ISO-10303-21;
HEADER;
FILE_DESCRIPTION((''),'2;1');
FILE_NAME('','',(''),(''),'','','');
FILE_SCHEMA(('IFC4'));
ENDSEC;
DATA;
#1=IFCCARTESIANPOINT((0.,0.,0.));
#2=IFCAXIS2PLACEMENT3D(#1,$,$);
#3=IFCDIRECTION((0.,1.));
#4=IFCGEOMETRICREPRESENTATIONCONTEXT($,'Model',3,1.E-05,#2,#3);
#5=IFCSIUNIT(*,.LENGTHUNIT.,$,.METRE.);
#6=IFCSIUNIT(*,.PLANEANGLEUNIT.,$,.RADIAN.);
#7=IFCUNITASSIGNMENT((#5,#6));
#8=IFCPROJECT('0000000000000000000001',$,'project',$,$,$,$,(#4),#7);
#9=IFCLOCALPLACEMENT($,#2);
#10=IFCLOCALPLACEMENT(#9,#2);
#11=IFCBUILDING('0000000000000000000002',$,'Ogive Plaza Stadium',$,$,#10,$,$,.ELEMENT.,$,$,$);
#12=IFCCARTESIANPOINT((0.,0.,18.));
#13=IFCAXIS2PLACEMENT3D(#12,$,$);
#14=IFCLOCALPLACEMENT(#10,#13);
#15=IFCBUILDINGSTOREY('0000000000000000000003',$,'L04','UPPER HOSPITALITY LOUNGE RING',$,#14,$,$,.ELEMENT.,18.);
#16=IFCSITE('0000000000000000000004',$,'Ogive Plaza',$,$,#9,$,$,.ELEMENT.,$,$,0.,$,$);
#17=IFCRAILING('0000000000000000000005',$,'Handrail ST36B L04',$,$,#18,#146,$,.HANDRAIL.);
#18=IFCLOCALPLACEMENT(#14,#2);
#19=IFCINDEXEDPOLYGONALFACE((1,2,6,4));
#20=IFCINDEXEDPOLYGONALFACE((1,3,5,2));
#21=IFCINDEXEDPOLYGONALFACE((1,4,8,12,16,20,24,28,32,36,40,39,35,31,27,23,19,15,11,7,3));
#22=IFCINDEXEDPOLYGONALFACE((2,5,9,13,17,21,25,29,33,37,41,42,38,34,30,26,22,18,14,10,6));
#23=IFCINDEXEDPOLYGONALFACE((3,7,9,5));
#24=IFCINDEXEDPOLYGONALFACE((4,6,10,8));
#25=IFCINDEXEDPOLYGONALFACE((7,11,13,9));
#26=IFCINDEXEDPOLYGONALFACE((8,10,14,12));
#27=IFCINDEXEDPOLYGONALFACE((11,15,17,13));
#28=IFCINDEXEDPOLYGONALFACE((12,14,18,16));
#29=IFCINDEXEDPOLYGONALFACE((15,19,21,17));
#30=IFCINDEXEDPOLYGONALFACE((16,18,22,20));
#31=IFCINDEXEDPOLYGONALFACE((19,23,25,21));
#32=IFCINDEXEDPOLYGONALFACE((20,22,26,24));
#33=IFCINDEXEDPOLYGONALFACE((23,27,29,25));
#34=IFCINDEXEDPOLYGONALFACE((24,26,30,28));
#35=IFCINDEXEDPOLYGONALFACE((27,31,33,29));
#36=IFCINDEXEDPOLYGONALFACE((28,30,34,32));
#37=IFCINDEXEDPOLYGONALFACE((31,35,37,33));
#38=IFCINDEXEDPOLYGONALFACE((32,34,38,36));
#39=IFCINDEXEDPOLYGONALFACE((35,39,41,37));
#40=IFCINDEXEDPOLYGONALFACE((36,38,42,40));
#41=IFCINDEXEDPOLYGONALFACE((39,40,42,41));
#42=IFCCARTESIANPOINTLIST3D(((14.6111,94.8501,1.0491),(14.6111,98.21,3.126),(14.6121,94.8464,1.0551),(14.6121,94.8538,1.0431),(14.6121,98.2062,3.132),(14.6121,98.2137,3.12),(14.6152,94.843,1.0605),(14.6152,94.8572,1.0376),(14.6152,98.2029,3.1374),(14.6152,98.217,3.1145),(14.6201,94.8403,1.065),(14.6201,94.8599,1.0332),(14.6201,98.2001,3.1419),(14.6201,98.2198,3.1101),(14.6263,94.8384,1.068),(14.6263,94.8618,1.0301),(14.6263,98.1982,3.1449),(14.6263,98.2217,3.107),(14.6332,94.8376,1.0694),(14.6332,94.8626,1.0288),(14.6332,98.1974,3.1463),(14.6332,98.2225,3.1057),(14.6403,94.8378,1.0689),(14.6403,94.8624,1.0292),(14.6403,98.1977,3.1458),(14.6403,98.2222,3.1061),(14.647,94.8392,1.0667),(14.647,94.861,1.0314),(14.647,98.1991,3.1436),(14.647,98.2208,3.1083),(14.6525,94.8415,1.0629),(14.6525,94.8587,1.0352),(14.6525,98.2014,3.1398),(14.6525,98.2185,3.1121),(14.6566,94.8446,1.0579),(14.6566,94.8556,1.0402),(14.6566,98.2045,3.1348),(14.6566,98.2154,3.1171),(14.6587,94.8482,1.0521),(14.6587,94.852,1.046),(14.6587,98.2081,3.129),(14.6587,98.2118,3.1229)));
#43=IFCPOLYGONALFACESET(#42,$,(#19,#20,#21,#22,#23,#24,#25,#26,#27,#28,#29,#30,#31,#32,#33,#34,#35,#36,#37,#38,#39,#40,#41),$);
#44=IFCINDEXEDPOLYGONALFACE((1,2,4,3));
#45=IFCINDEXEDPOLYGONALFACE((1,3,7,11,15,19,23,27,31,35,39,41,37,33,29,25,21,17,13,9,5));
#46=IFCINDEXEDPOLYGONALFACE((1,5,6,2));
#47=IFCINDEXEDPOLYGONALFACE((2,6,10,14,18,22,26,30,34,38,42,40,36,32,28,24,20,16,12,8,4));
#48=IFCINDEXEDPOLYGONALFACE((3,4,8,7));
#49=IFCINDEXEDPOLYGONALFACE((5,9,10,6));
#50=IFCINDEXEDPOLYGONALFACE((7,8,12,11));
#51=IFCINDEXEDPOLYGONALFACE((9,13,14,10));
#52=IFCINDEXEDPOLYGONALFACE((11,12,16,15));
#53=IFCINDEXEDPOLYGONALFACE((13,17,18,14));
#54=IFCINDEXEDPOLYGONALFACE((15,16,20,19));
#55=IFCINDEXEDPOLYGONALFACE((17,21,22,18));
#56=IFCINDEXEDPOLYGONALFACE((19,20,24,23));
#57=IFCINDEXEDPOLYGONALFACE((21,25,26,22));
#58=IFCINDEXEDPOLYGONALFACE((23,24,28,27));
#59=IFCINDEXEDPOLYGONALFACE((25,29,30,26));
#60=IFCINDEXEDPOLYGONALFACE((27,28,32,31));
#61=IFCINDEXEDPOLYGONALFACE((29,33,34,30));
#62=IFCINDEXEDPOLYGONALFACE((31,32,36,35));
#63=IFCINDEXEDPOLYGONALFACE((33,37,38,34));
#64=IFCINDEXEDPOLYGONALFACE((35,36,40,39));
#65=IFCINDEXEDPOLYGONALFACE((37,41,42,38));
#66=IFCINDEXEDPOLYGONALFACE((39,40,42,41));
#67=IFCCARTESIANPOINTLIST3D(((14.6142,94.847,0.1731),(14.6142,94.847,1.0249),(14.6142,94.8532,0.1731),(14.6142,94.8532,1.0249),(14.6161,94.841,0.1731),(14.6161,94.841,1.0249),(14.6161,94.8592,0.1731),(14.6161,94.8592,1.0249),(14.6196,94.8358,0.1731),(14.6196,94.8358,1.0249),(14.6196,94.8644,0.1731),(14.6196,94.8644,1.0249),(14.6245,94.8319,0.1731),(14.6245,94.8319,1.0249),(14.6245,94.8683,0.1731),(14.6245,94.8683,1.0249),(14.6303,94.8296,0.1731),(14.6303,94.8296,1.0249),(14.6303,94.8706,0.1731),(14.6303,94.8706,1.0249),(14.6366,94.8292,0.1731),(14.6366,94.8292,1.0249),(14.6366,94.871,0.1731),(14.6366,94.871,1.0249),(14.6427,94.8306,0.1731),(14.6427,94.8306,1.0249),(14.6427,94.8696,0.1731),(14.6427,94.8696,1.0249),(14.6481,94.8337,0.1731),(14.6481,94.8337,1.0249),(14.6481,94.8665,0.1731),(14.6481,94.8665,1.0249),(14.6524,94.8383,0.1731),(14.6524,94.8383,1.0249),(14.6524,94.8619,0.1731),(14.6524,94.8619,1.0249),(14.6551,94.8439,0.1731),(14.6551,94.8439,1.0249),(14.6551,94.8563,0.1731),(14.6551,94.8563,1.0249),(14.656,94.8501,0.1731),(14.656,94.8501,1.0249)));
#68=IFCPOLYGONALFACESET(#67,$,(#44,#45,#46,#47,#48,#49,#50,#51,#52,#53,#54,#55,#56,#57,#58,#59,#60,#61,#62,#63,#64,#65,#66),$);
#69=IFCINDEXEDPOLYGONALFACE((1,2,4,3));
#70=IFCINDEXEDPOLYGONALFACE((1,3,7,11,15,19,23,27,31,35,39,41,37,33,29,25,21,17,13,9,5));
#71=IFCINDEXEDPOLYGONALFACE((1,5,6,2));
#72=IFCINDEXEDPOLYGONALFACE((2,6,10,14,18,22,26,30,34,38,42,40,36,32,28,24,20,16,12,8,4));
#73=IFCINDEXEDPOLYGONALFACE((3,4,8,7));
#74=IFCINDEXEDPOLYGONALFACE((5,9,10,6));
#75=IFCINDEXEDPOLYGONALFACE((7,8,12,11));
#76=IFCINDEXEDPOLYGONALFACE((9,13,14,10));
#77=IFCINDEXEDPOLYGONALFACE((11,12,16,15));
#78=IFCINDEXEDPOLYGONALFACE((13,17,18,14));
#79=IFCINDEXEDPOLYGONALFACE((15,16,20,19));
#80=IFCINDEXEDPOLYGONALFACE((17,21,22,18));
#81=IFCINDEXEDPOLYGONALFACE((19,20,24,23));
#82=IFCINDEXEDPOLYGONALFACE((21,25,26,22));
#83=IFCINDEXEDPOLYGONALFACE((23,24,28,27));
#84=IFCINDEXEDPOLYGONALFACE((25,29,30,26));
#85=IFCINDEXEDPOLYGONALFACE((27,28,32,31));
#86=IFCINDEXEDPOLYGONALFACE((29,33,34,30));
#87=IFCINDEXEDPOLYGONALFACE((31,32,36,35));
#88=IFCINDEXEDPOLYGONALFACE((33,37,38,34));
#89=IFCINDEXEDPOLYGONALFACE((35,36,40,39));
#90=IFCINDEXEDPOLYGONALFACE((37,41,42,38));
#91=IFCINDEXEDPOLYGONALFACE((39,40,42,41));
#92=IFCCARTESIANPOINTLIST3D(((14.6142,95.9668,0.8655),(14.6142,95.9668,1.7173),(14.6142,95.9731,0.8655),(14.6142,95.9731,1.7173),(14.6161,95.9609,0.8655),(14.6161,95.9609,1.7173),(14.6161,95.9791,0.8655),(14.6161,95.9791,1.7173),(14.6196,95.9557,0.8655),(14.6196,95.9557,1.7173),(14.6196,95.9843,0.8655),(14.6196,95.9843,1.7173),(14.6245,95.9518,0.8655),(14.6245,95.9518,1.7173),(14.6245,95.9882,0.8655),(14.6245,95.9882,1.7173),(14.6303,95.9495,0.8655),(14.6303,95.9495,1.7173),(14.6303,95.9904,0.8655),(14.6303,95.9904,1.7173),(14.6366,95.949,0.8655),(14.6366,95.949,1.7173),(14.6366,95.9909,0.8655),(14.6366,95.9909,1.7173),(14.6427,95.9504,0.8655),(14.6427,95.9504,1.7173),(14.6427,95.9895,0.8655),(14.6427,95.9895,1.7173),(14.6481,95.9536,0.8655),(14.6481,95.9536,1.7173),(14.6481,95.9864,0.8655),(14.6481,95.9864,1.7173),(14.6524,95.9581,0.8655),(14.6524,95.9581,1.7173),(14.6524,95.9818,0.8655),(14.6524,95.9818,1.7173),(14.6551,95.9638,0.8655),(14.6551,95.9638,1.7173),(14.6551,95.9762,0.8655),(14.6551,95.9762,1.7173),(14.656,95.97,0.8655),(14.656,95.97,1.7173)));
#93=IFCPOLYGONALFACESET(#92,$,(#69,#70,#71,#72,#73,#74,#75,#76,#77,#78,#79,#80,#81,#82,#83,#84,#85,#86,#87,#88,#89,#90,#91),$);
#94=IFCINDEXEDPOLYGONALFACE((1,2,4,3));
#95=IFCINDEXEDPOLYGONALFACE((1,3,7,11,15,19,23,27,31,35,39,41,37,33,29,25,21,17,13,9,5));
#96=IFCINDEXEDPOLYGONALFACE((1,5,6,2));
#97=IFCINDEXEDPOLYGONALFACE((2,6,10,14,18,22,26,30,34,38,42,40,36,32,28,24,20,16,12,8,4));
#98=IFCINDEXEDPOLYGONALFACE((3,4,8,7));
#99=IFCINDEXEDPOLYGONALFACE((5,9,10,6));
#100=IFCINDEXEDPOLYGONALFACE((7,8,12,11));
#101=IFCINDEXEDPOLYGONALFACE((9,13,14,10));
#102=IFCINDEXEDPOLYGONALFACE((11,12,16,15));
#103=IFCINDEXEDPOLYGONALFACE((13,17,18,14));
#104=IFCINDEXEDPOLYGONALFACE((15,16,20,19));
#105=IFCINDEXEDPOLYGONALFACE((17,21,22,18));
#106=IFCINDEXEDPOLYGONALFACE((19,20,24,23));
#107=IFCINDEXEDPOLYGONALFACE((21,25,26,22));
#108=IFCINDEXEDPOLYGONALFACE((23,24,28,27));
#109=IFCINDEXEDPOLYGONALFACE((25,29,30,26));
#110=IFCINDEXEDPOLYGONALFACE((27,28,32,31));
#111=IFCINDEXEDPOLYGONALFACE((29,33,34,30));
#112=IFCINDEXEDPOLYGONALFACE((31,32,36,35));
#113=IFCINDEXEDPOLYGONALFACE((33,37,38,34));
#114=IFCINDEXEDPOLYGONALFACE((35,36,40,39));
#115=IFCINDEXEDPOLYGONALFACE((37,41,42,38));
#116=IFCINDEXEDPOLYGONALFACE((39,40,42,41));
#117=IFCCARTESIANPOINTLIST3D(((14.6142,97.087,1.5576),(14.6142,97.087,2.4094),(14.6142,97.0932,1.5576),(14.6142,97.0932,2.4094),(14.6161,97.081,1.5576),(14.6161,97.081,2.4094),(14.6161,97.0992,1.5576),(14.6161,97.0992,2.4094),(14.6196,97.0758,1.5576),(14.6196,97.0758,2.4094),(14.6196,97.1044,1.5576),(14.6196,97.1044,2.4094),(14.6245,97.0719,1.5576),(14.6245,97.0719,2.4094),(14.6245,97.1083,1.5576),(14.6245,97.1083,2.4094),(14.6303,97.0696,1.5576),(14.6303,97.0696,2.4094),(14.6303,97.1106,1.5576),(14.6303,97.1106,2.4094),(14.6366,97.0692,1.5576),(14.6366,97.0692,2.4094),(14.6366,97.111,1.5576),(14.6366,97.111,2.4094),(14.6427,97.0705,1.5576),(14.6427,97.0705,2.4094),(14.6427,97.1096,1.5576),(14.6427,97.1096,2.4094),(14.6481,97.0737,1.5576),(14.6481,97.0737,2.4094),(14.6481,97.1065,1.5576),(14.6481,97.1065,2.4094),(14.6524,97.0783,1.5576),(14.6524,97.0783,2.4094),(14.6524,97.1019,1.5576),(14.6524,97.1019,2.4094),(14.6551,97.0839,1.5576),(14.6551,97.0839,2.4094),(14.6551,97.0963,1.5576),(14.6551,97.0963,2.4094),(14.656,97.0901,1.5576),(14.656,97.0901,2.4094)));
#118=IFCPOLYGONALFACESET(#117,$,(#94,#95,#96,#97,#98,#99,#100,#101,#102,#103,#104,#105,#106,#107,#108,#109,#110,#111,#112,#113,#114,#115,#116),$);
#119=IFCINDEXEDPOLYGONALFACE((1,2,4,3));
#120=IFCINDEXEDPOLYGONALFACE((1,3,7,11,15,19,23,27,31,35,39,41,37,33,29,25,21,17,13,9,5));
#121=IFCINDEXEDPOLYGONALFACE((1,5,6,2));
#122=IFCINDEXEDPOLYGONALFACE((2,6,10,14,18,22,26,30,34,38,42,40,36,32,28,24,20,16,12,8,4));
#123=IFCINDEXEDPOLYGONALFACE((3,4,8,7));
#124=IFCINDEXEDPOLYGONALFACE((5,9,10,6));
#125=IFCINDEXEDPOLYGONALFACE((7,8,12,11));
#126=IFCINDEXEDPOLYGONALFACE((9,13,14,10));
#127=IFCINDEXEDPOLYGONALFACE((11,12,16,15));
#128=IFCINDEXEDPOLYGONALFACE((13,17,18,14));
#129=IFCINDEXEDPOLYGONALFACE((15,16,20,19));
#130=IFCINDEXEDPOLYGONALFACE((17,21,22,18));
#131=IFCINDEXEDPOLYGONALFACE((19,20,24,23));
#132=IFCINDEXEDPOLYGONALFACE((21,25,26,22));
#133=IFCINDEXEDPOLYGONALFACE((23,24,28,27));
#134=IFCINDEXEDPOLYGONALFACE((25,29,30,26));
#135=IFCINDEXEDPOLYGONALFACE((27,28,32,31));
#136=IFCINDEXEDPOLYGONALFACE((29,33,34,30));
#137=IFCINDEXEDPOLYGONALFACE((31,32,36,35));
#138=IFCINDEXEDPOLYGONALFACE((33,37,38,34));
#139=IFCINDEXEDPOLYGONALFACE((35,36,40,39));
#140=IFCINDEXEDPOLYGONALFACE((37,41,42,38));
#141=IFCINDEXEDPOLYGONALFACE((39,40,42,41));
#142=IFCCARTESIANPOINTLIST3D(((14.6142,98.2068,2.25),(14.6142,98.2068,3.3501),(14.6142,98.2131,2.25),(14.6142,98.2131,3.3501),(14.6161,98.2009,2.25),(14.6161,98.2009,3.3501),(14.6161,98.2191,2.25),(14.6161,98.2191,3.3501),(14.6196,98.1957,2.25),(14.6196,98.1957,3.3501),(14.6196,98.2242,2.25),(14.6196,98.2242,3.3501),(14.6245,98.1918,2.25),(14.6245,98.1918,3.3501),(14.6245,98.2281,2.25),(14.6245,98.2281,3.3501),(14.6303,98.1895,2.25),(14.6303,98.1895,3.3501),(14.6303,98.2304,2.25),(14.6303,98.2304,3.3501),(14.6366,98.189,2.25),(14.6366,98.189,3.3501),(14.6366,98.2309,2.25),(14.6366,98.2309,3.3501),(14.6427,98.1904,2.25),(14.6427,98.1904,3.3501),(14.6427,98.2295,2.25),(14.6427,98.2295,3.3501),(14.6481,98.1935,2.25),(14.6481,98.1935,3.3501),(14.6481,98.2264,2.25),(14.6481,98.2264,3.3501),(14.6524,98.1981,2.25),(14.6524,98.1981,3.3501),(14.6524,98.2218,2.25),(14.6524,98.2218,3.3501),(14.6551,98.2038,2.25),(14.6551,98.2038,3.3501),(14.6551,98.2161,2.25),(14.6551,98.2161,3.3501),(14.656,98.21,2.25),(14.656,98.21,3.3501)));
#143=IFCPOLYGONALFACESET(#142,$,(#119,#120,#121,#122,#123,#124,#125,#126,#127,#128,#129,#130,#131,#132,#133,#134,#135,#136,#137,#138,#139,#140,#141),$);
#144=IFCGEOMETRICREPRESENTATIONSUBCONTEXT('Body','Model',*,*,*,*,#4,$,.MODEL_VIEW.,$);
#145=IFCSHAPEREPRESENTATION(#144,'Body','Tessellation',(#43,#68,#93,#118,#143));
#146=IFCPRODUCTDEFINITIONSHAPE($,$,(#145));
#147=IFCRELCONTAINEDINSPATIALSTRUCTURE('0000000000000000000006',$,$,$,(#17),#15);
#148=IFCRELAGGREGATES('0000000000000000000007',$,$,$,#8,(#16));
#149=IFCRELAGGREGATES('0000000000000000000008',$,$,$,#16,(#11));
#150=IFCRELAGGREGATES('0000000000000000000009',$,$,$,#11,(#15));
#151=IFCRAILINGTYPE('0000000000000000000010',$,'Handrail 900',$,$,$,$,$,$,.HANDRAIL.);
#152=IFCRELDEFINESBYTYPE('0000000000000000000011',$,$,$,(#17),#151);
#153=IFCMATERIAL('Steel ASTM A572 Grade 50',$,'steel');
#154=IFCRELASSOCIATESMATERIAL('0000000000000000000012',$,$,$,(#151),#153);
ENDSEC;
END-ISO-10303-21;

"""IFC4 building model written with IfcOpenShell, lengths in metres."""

from ifc_helpers import new_model, si_unit, direction, frame, origin, origin_2d, place, context, subcontext, project, spatial, circle, extrude, material, type_object, element, save


model = new_model("IFC4")

# Units and contexts
model_context = context("Model", 3, precision=1e-05, world=origin(), true_north=direction((0.0, 1.0)))
body_context = subcontext(model_context, "Body", "Model", "MODEL_VIEW")
ifc_project = project(units=[si_unit("LENGTHUNIT", "METRE"), si_unit("PLANEANGLEUNIT", "RADIAN")], contexts=[model_context])

# Site, building, storey
site_placement = place(None, origin())
site = spatial("IfcSite", under=ifc_project, at=site_placement, Name="Ogive Plaza", CompositionType="ELEMENT", RefElevation=0.0)
building_placement = place(site_placement, origin())
building = spatial("IfcBuilding", under=site, at=building_placement, Name="Ogive Plaza Stadium", CompositionType="ELEMENT")
storey_placement = place(building_placement, frame((0.0, 0.0, 18.0)))
storey = spatial("IfcBuildingStorey", under=building, at=storey_placement, Name="L04", Description="UPPER HOSPITALITY LOUNGE RING", CompositionType="ELEMENT", Elevation=18.0)

# Railing
ifc_material_1 = material(Name="Steel ASTM A572 Grade 50", Category="steel")
railing_type_1 = type_object("IfcRailingType", Name="Handrail 900", PredefinedType="HANDRAIL", material=ifc_material_1)
for number, where, name in (
    (1, (14.635, 94.8501, 0.1731), "Handrail ST36B L04"),
):
    element("IfcRailing", number, at=place(storey_placement, frame(where)), inside=storey, type_object=railing_type_1, Name=name, PredefinedType="HANDRAIL", context=body_context, shape_type="SweptSolid", body=[
        extrude(circle(Radius=0.0239, at=origin_2d()), frame((0.0, 0.0, 0.876), z_axis=(0.0, 0.850606, 0.525803), x_axis=(-1.0, 0.0, 0.0)), (0.0, 0.0, 1.0), 3.95),
        extrude(circle(Radius=0.021, at=origin_2d()), origin(), (0.0, 0.0, 1.0), 0.8518),
        extrude(circle(Radius=0.021, at=origin_2d()), frame((0.0, 1.1199, 0.6924)), (0.0, 0.0, 1.0), 0.8518),
        extrude(circle(Radius=0.021, at=origin_2d()), frame((0.0, 2.24, 1.3845)), (0.0, 0.0, 1.0), 0.8518),
        extrude(circle(Radius=0.021, at=origin_2d()), frame((0.0, 3.3599, 2.0769)), (0.0, 0.0, 1.0), 1.1001),
    ])

save(model, "model.ifc")
